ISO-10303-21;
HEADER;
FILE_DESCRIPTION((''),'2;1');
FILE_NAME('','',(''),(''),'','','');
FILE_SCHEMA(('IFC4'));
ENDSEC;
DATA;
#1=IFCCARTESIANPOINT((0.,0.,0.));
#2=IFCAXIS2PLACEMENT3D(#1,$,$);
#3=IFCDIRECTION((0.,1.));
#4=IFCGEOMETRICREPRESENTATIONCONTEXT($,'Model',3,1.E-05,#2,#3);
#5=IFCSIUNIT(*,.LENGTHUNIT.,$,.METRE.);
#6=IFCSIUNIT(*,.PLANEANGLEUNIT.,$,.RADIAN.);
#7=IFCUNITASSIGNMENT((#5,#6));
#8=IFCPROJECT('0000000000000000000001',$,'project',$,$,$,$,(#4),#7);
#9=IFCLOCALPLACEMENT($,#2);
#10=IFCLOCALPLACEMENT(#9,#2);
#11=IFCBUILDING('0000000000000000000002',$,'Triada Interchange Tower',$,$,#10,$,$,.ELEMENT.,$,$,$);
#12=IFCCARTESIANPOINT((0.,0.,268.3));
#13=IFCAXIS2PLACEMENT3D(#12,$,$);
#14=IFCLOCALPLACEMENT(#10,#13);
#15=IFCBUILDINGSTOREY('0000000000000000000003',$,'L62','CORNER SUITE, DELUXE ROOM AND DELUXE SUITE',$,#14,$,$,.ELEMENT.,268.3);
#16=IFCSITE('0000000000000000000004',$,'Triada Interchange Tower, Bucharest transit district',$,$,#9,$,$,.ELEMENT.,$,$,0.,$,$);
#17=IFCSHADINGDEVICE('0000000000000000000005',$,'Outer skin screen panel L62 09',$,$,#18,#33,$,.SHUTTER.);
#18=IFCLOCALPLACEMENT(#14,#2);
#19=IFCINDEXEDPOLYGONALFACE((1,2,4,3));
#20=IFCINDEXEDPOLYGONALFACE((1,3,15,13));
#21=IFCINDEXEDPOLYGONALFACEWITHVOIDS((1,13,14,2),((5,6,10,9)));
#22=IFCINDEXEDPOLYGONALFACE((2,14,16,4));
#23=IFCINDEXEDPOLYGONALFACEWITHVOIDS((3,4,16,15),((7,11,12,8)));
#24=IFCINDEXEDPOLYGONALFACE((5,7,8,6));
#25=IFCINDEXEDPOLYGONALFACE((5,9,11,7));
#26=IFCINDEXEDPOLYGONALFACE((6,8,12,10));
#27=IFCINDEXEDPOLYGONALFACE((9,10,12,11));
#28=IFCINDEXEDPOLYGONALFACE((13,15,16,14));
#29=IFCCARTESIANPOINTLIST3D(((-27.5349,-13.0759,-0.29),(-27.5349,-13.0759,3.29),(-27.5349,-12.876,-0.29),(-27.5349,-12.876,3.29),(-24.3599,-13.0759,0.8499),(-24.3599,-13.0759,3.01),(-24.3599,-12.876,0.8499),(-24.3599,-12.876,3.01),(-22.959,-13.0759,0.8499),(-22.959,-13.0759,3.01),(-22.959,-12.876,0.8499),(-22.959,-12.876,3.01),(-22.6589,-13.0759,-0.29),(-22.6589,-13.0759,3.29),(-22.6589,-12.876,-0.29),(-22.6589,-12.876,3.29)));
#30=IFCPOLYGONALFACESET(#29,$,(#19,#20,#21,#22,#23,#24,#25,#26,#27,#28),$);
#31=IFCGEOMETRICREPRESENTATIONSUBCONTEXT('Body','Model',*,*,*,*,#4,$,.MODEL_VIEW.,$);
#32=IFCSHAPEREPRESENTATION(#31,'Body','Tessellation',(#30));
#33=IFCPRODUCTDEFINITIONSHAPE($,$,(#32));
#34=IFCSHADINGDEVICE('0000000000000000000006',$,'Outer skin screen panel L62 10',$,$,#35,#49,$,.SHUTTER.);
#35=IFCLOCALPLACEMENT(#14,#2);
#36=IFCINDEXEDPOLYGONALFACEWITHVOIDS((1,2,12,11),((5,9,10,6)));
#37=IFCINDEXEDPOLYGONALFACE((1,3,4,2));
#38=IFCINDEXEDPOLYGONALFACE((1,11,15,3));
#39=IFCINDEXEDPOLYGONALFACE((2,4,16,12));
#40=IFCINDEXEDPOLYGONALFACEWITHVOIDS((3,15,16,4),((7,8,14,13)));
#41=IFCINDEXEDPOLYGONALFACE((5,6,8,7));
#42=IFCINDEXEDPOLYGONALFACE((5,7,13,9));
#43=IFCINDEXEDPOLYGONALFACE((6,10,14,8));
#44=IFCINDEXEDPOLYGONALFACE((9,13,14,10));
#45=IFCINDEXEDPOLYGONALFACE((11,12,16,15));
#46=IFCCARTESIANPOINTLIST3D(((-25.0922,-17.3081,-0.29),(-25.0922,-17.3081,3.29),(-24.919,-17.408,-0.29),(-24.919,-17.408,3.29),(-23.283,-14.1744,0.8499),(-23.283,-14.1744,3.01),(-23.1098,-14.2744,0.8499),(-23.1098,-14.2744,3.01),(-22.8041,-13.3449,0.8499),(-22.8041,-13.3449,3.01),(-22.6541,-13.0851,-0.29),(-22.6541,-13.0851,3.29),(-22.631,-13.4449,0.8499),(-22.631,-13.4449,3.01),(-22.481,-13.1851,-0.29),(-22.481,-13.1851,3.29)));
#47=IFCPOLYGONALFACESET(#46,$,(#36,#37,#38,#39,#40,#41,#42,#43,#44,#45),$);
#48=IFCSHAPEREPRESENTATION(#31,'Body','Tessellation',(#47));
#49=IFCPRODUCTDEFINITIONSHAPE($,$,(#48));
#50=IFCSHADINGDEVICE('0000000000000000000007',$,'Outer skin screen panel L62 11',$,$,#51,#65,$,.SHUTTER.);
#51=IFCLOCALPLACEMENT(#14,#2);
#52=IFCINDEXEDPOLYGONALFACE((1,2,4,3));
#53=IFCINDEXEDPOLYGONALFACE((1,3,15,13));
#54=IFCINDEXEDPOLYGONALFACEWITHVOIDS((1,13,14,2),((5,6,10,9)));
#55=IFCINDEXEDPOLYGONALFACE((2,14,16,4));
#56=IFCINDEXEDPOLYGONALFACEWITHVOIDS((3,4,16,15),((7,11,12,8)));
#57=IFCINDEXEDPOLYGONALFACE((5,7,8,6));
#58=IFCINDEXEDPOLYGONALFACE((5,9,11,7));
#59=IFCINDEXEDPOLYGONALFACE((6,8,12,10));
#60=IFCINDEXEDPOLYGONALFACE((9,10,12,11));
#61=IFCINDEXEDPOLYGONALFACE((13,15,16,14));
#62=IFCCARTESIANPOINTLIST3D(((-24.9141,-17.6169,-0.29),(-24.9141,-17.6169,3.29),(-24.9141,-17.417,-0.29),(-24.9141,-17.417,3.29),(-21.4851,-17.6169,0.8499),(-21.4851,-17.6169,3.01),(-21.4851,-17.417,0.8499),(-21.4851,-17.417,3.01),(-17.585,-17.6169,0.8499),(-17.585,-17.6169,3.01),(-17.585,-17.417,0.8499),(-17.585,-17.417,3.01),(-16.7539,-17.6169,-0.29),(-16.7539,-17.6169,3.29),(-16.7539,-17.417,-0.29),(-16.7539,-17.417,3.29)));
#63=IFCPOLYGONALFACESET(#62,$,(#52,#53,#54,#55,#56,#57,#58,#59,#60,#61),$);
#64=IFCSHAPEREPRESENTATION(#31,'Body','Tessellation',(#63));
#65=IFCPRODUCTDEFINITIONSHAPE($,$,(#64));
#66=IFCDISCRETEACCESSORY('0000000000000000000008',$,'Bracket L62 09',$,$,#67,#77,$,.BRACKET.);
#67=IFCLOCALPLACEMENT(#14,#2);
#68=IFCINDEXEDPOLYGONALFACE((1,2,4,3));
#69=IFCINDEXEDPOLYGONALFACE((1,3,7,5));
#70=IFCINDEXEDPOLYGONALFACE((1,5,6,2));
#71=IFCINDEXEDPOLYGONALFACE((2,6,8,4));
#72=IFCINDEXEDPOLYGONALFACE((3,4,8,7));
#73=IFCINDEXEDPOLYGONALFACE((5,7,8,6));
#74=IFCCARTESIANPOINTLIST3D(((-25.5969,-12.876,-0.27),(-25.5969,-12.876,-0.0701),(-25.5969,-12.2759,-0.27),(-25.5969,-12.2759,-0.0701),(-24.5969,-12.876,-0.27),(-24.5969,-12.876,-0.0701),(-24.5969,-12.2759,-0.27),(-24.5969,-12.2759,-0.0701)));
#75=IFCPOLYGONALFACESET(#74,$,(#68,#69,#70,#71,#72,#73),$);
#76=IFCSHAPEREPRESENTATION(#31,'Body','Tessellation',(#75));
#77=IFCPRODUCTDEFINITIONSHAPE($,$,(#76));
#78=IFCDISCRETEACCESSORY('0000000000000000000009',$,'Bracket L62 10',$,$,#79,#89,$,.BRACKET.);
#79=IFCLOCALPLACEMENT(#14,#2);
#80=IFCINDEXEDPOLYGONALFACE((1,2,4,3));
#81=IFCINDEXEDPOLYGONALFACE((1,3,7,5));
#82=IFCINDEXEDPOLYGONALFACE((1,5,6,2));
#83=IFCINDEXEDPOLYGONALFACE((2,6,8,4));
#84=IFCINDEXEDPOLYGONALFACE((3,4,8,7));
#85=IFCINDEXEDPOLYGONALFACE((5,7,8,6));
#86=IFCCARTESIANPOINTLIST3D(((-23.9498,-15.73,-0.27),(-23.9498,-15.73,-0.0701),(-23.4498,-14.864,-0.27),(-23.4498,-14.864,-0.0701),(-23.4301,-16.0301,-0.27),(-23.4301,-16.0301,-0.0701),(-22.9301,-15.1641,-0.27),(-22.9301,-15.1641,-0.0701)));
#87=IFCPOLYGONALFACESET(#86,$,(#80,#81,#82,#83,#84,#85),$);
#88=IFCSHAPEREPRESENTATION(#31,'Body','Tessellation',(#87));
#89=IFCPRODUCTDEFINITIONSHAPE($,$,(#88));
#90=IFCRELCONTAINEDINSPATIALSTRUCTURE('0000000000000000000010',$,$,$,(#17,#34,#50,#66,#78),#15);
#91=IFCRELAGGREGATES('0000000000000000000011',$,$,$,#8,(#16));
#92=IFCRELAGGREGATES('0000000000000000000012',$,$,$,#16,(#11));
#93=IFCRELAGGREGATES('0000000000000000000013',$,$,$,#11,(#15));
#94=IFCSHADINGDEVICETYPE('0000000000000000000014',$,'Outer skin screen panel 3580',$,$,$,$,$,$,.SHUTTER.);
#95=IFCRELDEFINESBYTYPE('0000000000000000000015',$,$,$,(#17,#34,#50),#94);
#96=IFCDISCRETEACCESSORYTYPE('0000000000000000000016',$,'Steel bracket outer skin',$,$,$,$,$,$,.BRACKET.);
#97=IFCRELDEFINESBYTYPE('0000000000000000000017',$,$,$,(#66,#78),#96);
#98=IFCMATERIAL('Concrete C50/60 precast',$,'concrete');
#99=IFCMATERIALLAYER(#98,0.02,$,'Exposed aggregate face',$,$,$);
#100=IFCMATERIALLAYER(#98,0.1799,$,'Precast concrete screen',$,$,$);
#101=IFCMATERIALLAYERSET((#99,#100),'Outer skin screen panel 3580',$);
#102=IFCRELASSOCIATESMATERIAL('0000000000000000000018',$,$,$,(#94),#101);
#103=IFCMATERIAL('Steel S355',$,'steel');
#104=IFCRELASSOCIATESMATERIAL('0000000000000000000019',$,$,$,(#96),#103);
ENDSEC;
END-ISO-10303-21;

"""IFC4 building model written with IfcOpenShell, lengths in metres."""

from ifc_helpers import new_model, si_unit, direction, frame, origin, origin_2d, place, context, subcontext, project, spatial, polyline, rectangle, outline, extrude, material, layer, layer_set, type_object, element, save


model = new_model("IFC4")

# Units and contexts
model_context = context("Model", 3, precision=1e-05, world=origin(), true_north=direction((0.0, 1.0)))
body_context = subcontext(model_context, "Body", "Model", "MODEL_VIEW")
ifc_project = project(units=[si_unit("LENGTHUNIT", "METRE"), si_unit("PLANEANGLEUNIT", "RADIAN")], contexts=[model_context])

# Site, building, storey
site_placement = place(None, origin())
site = spatial("IfcSite", under=ifc_project, at=site_placement, Name="Triada Interchange Tower, Bucharest transit district", CompositionType="ELEMENT", RefElevation=0.0)
building_placement = place(site_placement, origin())
building = spatial("IfcBuilding", under=site, at=building_placement, Name="Triada Interchange Tower", CompositionType="ELEMENT")
storey_placement = place(building_placement, frame((0.0, 0.0, 268.3)))
storey = spatial("IfcBuildingStorey", under=building, at=storey_placement, Name="L62", Description="CORNER SUITE, DELUXE ROOM AND DELUXE SUITE", CompositionType="ELEMENT", Elevation=268.3)

# Shading devices
ifc_material_1 = material(Name="Concrete C50/60 precast", Category="concrete")
ifc_layer_1 = layer(ifc_material_1, 0.02, Name="Exposed aggregate face")
ifc_layer_2 = layer(ifc_material_1, 0.1799, Name="Precast concrete screen")
ifc_layer_set_1 = layer_set([ifc_layer_1, ifc_layer_2], Name="Outer skin screen panel 3580")
shading_device_type = type_object("IfcShadingDeviceType", Name="Outer skin screen panel 3580", PredefinedType="SHUTTER", material=ifc_layer_set_1)
shading_device_1_placement = place(storey_placement, frame((-27.5349, -12.876, -0.29), z_axis=(0.0, 0.0, 1.0), x_axis=(1.0, 0.0, 0.0)))
element("IfcShadingDevice", 1, at=shading_device_1_placement, inside=storey, type_object=shading_device_type, Name="Outer skin screen panel L62 09", PredefinedType="SHUTTER", context=body_context, shape_type="SweptSolid", body=[
    extrude(outline(polyline([(0.0, 0.0), (4.876, 0.0), (4.876, 3.5801), (0.0, 3.5801), (0.0, 0.0)]), holes=[polyline([(3.175, 1.1399), (3.175, 3.3), (4.5759, 3.3), (4.5759, 1.1399), (3.175, 1.1399)])]), frame((0.0, 0.0, 0.0), z_axis=(0.0, -1.0, 0.0), x_axis=(1.0, 0.0, 0.0)), (0.0, 0.0, 1.0), 0.2),
])
shading_device_2_placement = place(storey_placement, frame((-22.481, -13.1851, -0.29), z_axis=(0.0, 0.0, 1.0), x_axis=(-0.499984, -0.866035, 0.0)))
element("IfcShadingDevice", 2, at=shading_device_2_placement, inside=storey, type_object=shading_device_type, Name="Outer skin screen panel L62 10", PredefinedType="SHUTTER", context=body_context, shape_type="SweptSolid", body=[
    extrude(outline(polyline([(0.0, 0.0), (4.8762, 0.0), (4.8762, 3.5801), (0.0, 3.5801), (0.0, 0.0)]), holes=[polyline([(0.3, 1.1399), (0.3, 3.3), (1.2578, 3.3), (1.2578, 1.1399), (0.3, 1.1399)])]), frame((0.0, 0.0, 0.0), z_axis=(0.0, -1.0, 0.0), x_axis=(1.0, 0.0, 0.0)), (0.0, 0.0, 1.0), 0.2),
])
shading_device_3_placement = place(storey_placement, frame((-24.9141, -17.417, -0.29), z_axis=(0.0, 0.0, 1.0), x_axis=(1.0, 0.0, 0.0)))
element("IfcShadingDevice", 3, at=shading_device_3_placement, inside=storey, type_object=shading_device_type, Name="Outer skin screen panel L62 11", PredefinedType="SHUTTER", context=body_context, shape_type="SweptSolid", body=[
    extrude(outline(polyline([(0.0, 0.0), (8.1602, 0.0), (8.1602, 3.5801), (0.0, 3.5801), (0.0, 0.0)]), holes=[polyline([(3.429, 1.1399), (3.429, 3.3), (7.3291, 3.3), (7.3291, 1.1399), (3.429, 1.1399)])]), frame((0.0, 0.0, 0.0), z_axis=(0.0, -1.0, 0.0), x_axis=(1.0, 0.0, 0.0)), (0.0, 0.0, 1.0), 0.2),
])

# Discrete accessories
ifc_material_2 = material(Name="Steel S355", Category="steel")
discrete_accessory_type = type_object("IfcDiscreteAccessoryType", Name="Steel bracket outer skin", PredefinedType="BRACKET", material=ifc_material_2)
for number, where, z_axis, x_axis, name in (
    (4, (-25.0969, -12.5759, -0.27), (0.0, 0.0, 1.0), (0.0, -1.0, 0.0), "Bracket L62 09"),
    (5, (-23.4399, -15.447, -0.27), (0.0, 0.0, 1.0), (-0.866005, 0.500036, 0.0), "Bracket L62 10"),
):
    element("IfcDiscreteAccessory", number, at=place(storey_placement, frame(where, z_axis=z_axis, x_axis=x_axis)), inside=storey, type_object=discrete_accessory_type, Name=name, PredefinedType="BRACKET", context=body_context, shape_type="SweptSolid", body=[
        extrude(rectangle(XDim=0.6001, YDim=1.0, at=origin_2d()), origin(), (0.0, 0.0, 1.0), 0.2),
    ])

save(model, "model.ifc")
